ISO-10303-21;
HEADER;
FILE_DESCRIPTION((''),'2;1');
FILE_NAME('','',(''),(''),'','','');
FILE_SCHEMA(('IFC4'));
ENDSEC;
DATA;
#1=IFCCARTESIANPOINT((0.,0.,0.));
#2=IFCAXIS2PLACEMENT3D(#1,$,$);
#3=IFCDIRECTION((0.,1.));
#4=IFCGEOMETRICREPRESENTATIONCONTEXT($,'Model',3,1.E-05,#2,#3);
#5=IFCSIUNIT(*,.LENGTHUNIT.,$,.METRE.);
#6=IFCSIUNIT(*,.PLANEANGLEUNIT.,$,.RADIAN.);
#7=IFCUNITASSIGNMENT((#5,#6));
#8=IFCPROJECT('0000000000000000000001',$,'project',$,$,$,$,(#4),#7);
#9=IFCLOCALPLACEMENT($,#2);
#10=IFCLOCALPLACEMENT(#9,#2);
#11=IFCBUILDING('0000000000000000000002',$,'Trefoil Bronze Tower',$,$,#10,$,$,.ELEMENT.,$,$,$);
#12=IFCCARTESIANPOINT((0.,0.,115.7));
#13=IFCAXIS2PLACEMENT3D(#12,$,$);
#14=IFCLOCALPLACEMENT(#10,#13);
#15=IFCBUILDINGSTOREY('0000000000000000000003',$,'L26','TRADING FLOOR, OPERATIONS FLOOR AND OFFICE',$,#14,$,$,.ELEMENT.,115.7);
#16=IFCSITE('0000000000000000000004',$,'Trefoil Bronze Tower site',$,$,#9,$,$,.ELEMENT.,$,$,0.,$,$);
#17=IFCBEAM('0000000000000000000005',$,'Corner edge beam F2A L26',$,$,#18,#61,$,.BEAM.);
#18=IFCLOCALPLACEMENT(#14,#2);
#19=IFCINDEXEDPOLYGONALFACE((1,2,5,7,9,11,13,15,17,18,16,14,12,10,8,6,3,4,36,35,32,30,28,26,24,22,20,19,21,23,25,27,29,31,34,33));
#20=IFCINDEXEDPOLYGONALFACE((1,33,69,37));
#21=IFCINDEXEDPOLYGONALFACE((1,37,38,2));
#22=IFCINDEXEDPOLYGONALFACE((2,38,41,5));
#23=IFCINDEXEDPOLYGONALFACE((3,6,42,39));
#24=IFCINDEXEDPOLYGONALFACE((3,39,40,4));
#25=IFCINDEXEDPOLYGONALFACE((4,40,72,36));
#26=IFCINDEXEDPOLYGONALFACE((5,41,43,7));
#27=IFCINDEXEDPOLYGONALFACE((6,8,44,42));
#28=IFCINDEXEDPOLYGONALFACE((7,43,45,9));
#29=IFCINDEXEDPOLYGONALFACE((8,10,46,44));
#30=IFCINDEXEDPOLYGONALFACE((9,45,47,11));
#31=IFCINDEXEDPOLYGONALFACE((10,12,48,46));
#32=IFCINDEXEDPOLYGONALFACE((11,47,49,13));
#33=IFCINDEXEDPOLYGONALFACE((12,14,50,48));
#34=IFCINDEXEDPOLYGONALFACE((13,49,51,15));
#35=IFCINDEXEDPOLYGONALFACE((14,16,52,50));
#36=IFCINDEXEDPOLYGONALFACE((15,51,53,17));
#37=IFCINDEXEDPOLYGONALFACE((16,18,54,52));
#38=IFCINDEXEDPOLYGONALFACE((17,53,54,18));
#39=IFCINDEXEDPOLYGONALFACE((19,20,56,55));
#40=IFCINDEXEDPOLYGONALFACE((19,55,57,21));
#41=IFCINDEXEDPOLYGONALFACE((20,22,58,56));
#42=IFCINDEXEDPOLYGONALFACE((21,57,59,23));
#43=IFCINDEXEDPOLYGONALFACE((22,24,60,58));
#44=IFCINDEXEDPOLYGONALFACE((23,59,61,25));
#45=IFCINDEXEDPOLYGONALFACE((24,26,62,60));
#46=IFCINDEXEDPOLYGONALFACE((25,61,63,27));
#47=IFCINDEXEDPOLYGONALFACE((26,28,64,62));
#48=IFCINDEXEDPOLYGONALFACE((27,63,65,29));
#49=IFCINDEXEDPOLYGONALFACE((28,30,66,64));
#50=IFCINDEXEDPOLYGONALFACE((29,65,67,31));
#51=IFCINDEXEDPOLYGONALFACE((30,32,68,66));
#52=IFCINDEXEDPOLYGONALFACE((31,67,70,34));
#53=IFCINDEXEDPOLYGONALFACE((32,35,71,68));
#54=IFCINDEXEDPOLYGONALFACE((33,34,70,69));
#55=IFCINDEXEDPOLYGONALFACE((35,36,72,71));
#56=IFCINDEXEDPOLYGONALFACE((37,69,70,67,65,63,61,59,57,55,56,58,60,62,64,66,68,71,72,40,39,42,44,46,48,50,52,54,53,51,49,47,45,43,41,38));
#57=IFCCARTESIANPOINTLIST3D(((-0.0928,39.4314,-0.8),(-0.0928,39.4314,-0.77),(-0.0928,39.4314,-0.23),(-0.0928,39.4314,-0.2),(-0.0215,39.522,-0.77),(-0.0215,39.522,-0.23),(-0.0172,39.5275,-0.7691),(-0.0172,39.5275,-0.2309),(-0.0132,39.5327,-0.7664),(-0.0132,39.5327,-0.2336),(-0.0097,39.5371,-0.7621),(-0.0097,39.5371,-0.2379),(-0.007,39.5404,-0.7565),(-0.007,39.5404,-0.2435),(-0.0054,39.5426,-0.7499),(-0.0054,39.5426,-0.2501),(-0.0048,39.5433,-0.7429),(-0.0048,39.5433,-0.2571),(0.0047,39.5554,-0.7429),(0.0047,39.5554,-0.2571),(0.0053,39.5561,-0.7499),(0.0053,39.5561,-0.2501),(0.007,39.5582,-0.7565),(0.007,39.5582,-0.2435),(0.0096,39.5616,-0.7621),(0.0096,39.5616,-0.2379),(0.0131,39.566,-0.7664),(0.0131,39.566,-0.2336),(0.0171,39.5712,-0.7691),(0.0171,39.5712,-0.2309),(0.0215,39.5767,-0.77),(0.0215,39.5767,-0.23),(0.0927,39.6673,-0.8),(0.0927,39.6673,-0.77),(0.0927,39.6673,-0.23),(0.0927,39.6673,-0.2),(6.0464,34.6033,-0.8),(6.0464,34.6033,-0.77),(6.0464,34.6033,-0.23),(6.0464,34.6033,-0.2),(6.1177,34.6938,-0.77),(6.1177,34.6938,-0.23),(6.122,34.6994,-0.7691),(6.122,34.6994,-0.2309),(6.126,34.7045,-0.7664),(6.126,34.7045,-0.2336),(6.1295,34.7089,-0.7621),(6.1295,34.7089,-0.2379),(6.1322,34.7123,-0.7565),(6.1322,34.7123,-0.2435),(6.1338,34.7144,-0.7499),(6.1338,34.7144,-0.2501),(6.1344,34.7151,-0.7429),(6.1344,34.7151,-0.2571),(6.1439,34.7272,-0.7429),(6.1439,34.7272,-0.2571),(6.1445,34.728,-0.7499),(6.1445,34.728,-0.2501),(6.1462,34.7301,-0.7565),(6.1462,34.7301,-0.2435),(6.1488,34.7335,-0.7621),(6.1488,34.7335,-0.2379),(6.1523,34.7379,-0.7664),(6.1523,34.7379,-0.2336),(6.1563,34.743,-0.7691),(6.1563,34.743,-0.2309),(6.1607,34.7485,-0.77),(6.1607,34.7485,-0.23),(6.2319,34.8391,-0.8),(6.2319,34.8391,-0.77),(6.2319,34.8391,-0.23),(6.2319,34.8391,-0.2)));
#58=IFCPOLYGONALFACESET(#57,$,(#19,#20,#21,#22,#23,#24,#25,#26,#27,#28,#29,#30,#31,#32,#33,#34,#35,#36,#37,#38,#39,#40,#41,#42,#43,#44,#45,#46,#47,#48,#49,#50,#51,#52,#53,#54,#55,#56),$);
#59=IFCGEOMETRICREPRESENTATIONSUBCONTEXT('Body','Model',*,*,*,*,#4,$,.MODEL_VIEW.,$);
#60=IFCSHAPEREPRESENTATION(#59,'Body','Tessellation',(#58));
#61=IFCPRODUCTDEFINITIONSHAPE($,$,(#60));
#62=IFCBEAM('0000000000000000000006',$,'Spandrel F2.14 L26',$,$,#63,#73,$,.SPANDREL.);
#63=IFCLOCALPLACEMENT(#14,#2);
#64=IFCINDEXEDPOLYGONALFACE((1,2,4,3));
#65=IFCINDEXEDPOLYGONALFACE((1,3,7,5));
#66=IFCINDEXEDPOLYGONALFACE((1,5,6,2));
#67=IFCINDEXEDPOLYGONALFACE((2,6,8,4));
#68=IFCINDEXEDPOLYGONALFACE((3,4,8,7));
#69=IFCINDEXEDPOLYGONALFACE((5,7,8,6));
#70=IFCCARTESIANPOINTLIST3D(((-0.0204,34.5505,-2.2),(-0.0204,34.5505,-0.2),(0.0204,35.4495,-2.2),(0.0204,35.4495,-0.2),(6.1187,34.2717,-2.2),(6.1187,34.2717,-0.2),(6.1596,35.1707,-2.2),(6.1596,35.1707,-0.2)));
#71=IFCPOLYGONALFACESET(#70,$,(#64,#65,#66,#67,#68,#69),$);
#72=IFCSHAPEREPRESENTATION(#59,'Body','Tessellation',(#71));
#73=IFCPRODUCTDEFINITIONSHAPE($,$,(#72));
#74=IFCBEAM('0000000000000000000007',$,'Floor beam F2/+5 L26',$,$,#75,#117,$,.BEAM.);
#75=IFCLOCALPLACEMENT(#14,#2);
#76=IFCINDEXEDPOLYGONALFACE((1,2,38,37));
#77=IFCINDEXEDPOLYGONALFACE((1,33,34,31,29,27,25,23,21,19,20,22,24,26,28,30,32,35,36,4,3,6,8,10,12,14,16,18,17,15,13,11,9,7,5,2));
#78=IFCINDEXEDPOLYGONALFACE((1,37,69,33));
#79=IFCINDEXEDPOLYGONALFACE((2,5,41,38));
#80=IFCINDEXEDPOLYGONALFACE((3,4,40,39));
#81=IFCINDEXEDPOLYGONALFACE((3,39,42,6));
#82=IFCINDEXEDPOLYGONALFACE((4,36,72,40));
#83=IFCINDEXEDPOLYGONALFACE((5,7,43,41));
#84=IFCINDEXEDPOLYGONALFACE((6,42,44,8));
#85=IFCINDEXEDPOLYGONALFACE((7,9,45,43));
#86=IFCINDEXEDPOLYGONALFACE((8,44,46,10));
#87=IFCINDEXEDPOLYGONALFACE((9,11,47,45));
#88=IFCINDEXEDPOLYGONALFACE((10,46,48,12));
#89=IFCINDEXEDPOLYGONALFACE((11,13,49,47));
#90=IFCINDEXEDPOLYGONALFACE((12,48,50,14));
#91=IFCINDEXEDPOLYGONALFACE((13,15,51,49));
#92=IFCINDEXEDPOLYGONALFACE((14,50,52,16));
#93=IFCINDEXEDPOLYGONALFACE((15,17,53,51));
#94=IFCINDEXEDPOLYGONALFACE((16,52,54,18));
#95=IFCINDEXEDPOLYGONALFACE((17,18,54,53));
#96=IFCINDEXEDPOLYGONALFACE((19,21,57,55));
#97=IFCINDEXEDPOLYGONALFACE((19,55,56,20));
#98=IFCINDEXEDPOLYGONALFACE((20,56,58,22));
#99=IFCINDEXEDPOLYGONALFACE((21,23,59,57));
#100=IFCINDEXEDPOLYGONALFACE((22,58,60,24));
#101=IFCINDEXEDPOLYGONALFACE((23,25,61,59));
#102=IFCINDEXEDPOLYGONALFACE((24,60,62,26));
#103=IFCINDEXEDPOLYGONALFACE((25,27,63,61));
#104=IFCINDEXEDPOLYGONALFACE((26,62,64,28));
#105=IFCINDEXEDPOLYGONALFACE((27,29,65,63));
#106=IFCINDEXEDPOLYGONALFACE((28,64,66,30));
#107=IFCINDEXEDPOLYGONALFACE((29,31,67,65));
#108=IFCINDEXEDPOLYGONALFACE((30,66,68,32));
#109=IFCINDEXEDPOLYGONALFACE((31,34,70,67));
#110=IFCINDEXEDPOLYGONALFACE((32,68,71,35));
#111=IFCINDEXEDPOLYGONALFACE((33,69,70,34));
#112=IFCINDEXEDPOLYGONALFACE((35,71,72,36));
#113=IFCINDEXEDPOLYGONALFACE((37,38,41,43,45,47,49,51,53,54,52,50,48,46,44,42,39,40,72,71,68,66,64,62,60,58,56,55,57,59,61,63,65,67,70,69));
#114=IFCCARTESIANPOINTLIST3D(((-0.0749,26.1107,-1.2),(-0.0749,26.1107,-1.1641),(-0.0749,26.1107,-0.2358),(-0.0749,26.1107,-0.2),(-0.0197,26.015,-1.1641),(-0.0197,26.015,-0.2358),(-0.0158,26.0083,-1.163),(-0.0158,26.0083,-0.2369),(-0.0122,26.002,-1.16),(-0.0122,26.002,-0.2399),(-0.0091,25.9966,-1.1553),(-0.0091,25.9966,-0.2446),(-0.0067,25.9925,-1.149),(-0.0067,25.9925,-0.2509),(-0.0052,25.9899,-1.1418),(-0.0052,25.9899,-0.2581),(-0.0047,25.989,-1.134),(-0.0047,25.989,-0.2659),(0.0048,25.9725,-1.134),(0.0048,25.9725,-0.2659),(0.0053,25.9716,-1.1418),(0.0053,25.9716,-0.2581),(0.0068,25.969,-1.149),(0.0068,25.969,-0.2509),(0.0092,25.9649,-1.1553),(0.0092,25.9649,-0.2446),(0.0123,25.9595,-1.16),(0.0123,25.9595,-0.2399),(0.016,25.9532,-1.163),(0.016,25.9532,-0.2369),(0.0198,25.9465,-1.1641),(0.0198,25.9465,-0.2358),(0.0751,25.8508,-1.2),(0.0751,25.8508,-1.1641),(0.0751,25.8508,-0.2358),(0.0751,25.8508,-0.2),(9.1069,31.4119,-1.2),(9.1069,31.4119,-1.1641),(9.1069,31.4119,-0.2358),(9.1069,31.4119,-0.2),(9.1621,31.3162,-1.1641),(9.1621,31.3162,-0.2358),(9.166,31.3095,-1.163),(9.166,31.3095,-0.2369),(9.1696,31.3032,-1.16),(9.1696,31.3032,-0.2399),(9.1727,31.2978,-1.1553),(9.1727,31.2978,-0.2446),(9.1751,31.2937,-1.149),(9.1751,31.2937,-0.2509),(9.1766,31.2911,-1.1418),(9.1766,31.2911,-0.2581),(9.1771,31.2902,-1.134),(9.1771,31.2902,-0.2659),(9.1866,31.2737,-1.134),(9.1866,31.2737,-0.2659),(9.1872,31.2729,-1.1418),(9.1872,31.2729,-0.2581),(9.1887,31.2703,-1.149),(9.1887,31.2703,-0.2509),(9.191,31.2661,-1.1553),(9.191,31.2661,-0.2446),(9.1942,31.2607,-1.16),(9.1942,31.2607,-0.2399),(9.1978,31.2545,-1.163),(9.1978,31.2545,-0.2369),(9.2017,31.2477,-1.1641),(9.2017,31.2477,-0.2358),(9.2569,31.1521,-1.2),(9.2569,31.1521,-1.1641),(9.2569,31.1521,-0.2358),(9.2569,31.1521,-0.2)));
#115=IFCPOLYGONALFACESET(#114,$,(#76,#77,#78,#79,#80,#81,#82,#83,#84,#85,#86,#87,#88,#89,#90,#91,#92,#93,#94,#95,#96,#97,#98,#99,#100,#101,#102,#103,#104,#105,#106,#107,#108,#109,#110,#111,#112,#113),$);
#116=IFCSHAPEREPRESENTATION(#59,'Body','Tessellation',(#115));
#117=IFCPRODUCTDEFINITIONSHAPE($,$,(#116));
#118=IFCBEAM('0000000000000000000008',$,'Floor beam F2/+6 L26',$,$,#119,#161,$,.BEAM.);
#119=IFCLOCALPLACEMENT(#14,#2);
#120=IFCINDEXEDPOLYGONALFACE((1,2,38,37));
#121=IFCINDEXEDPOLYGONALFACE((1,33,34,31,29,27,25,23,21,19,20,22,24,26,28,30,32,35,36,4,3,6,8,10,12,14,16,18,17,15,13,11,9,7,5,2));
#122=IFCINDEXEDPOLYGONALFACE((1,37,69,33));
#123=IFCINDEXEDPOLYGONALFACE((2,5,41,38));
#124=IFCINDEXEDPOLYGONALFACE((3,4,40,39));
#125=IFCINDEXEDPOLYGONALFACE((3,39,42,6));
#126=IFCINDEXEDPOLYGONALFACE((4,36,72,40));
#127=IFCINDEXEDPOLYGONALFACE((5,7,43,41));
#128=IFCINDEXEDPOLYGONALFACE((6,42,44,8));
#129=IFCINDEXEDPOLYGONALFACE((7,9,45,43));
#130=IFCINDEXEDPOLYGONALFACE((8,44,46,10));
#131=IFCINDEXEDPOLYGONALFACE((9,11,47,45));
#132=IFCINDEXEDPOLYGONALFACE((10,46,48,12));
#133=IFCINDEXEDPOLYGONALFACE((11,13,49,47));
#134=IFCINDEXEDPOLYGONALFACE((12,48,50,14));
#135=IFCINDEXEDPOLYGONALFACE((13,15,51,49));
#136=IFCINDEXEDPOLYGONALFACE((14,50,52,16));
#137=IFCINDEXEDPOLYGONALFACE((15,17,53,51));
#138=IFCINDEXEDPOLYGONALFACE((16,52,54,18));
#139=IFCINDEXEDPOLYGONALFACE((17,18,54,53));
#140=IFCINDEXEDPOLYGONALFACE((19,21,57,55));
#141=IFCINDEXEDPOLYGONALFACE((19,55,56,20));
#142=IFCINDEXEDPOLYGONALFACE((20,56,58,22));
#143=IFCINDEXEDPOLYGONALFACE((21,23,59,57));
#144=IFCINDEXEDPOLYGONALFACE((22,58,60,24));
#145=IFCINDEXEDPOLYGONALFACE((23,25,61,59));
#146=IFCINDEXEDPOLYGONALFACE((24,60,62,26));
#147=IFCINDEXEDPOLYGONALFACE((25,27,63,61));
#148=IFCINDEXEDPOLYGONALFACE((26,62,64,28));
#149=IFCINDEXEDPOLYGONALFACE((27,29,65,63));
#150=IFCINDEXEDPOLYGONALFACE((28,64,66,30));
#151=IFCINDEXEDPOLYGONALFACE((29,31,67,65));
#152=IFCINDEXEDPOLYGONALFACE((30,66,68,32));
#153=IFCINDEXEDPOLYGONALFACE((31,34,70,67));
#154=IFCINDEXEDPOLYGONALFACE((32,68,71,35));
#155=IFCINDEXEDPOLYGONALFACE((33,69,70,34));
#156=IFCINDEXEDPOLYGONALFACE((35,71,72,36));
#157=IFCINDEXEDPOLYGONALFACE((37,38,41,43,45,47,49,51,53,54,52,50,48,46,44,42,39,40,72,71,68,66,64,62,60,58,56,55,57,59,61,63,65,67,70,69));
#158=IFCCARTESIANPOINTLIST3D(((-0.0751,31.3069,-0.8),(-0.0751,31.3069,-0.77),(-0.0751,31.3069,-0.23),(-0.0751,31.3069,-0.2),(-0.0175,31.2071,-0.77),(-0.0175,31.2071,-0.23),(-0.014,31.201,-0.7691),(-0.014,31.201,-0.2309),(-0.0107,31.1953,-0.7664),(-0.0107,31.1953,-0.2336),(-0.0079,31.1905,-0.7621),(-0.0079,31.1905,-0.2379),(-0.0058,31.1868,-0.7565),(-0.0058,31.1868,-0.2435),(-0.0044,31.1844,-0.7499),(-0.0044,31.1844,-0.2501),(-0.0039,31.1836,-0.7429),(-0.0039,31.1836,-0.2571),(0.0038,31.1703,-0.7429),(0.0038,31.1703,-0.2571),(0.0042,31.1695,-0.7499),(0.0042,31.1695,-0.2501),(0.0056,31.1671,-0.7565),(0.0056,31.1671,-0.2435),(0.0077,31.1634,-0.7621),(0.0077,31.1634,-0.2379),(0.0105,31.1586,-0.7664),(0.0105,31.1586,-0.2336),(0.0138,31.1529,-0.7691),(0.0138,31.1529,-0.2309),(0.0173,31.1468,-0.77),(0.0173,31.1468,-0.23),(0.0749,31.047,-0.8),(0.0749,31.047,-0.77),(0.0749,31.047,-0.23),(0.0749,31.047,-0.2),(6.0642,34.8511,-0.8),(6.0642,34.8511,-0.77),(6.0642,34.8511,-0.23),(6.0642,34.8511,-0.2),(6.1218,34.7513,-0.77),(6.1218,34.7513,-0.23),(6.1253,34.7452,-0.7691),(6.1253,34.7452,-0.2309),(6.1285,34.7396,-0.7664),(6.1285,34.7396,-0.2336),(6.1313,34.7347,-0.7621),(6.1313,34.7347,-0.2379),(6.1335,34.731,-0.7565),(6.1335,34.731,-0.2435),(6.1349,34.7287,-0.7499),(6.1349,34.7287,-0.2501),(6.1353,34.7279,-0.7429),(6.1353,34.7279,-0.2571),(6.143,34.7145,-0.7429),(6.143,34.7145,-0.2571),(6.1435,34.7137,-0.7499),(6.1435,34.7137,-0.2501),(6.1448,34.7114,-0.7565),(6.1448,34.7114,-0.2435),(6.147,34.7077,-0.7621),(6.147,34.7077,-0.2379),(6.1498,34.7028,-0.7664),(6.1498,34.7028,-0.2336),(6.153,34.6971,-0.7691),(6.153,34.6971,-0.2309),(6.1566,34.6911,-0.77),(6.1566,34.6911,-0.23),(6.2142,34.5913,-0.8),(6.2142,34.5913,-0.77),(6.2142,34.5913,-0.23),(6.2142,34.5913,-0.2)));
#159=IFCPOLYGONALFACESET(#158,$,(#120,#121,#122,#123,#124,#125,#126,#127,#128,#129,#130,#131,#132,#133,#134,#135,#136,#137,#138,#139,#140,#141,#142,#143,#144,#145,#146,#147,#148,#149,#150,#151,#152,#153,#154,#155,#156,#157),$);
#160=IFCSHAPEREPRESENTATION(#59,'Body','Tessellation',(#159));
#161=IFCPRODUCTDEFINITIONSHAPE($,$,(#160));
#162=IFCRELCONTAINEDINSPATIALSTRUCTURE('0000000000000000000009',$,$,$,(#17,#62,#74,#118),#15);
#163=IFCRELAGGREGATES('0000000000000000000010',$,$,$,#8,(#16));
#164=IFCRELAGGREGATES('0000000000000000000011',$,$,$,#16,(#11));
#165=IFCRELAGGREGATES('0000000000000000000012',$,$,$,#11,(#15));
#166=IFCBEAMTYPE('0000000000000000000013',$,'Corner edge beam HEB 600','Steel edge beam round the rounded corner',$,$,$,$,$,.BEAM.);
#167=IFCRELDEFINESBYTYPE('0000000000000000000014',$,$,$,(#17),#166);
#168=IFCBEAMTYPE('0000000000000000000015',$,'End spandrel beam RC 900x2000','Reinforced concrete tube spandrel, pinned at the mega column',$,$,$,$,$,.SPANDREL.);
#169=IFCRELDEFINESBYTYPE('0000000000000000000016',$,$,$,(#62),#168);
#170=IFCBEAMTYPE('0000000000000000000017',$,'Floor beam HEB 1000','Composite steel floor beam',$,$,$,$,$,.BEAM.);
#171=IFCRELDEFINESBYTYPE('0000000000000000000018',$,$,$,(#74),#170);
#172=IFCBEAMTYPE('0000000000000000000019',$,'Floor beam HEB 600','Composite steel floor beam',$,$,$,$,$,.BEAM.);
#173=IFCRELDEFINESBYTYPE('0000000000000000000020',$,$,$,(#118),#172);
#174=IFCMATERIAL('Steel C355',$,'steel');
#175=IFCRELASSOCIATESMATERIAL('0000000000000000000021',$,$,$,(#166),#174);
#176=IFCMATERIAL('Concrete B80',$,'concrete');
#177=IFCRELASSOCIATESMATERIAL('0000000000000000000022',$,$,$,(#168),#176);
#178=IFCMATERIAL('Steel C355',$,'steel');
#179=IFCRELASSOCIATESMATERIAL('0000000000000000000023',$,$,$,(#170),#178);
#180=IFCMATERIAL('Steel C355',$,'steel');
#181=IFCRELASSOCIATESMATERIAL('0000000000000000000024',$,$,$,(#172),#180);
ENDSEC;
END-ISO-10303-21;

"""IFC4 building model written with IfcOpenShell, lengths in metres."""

from ifc_helpers import new_model, si_unit, direction, frame, origin, origin_2d, place, context, subcontext, project, spatial, rectangle, i_section, extrude, material, material_profile, profile_set, type_object, element, save


model = new_model("IFC4")

# Units and contexts
model_context = context("Model", 3, precision=1e-05, world=origin(), true_north=direction((0.0, 1.0)))
body_context = subcontext(model_context, "Body", "Model", "MODEL_VIEW")
ifc_project = project(units=[si_unit("LENGTHUNIT", "METRE"), si_unit("PLANEANGLEUNIT", "RADIAN")], contexts=[model_context])

# Site, building, storey
site_placement = place(None, origin())
site = spatial("IfcSite", under=ifc_project, at=site_placement, Name="Trefoil Bronze Tower site", CompositionType="ELEMENT", RefElevation=0.0)
building_placement = place(site_placement, origin())
building = spatial("IfcBuilding", under=site, at=building_placement, Name="Trefoil Bronze Tower", CompositionType="ELEMENT")
storey_placement = place(building_placement, frame((0.0, 0.0, 115.7)))
storey = spatial("IfcBuildingStorey", under=building, at=storey_placement, Name="L26", Description="TRADING FLOOR, OPERATIONS FLOOR AND OFFICE", CompositionType="ELEMENT", Elevation=115.7)

# Beams
ifc_material_1 = material(Name="Steel C355", Category="steel")
ifc_material_profile_1 = material_profile(ifc_material_1, i_section(OverallWidth=0.3, OverallDepth=0.6001, WebThickness=0.0154, FlangeThickness=0.03, FilletRadius=0.0271, at=origin_2d()), Name="HEB 600")
ifc_profile_set_1 = profile_set([ifc_material_profile_1], Name="Steel C355")
beam_type_1 = type_object("IfcBeamType", Name="Corner edge beam HEB 600", Description="Steel edge beam round the rounded corner", PredefinedType="BEAM", material=ifc_profile_set_1)
beam_1_placement = place(storey_placement, frame((6.1392, 34.7212, -0.5), z_axis=(-0.786038, 0.618178, 0.0), x_axis=(-0.618178, -0.786038, 0.0)))
element("IfcBeam", 1, at=beam_1_placement, inside=storey, type_object=beam_type_1, Name="Corner edge beam F2A L26", PredefinedType="BEAM", context=body_context, shape_type="SweptSolid", body=[
    extrude(i_section(OverallWidth=0.3, OverallDepth=0.6001, WebThickness=0.0154, FlangeThickness=0.03, FilletRadius=0.0271, at=origin_2d()), origin(), (0.0, 0.0, 1.0), 7.8103),
])
ifc_material_2 = material(Name="Concrete B80", Category="concrete")
ifc_material_profile_2 = material_profile(ifc_material_2, rectangle(XDim=0.8999, YDim=2.0, at=origin_2d()), Name="RC 900x2000")
ifc_profile_set_2 = profile_set([ifc_material_profile_2], Name="Concrete B80")
beam_type_2 = type_object("IfcBeamType", Name="End spandrel beam RC 900x2000", Description="Reinforced concrete tube spandrel, pinned at the mega column", PredefinedType="SPANDREL", material=ifc_profile_set_2)
beam_2_placement = place(storey_placement, frame((6.1392, 34.7212, -1.2), z_axis=(-0.99897, 0.045368, 0.0), x_axis=(-0.045368, -0.99897, 0.0)))
element("IfcBeam", 2, at=beam_2_placement, inside=storey, type_object=beam_type_2, Name="Spandrel F2.14 L26", PredefinedType="SPANDREL", context=body_context, shape_type="SweptSolid", body=[
    extrude(rectangle(XDim=0.8999, YDim=2.0, at=origin_2d()), origin(), (0.0, 0.0, 1.0), 6.1455),
])
ifc_material_3 = material(Name="Steel C355", Category="steel")
ifc_material_profile_3 = material_profile(ifc_material_3, i_section(OverallWidth=0.3, OverallDepth=1.0, WebThickness=0.019, FlangeThickness=0.0359, FilletRadius=0.03, at=origin_2d()), Name="HEB 1000")
ifc_profile_set_3 = profile_set([ifc_material_profile_3], Name="Steel C355")
beam_type_3 = type_object("IfcBeamType", Name="Floor beam HEB 1000", Description="Composite steel floor beam", PredefinedType="BEAM", material=ifc_profile_set_3)
beam_3_placement = place(storey_placement, frame((9.1819, 31.282, -0.7), z_axis=(-0.866021, -0.500007, 0.0), x_axis=(0.500007, -0.866021, 0.0)))
element("IfcBeam", 3, at=beam_3_placement, inside=storey, type_object=beam_type_3, Name="Floor beam F2/+5 L26", PredefinedType="BEAM", context=body_context, shape_type="SweptSolid", body=[
    extrude(i_section(OverallWidth=0.3, OverallDepth=1.0, WebThickness=0.019, FlangeThickness=0.0359, FilletRadius=0.03, at=origin_2d()), origin(), (0.0, 0.0, 1.0), 10.6023),
])
ifc_material_4 = material(Name="Steel C355", Category="steel")
ifc_material_profile_4 = material_profile(ifc_material_4, i_section(OverallWidth=0.3, OverallDepth=0.6001, WebThickness=0.0154, FlangeThickness=0.03, FilletRadius=0.0271, at=origin_2d()), Name="HEB 600")
ifc_profile_set_4 = profile_set([ifc_material_profile_4], Name="Steel C355")
beam_type_4 = type_object("IfcBeamType", Name="Floor beam HEB 600", Description="Composite steel floor beam", PredefinedType="BEAM", material=ifc_profile_set_4)
beam_4_placement = place(storey_placement, frame((6.1392, 34.7212, -0.5), z_axis=(-0.866041, -0.499973, 0.0), x_axis=(0.499973, -0.866041, 0.0)))
element("IfcBeam", 4, at=beam_4_placement, inside=storey, type_object=beam_type_4, Name="Floor beam F2/+6 L26", PredefinedType="BEAM", context=body_context, shape_type="SweptSolid", body=[
    extrude(i_section(OverallWidth=0.3, OverallDepth=0.6001, WebThickness=0.0154, FlangeThickness=0.03, FilletRadius=0.0271, at=origin_2d()), origin(), (0.0, 0.0, 1.0), 7.0889),
])

save(model, "model.ifc")
